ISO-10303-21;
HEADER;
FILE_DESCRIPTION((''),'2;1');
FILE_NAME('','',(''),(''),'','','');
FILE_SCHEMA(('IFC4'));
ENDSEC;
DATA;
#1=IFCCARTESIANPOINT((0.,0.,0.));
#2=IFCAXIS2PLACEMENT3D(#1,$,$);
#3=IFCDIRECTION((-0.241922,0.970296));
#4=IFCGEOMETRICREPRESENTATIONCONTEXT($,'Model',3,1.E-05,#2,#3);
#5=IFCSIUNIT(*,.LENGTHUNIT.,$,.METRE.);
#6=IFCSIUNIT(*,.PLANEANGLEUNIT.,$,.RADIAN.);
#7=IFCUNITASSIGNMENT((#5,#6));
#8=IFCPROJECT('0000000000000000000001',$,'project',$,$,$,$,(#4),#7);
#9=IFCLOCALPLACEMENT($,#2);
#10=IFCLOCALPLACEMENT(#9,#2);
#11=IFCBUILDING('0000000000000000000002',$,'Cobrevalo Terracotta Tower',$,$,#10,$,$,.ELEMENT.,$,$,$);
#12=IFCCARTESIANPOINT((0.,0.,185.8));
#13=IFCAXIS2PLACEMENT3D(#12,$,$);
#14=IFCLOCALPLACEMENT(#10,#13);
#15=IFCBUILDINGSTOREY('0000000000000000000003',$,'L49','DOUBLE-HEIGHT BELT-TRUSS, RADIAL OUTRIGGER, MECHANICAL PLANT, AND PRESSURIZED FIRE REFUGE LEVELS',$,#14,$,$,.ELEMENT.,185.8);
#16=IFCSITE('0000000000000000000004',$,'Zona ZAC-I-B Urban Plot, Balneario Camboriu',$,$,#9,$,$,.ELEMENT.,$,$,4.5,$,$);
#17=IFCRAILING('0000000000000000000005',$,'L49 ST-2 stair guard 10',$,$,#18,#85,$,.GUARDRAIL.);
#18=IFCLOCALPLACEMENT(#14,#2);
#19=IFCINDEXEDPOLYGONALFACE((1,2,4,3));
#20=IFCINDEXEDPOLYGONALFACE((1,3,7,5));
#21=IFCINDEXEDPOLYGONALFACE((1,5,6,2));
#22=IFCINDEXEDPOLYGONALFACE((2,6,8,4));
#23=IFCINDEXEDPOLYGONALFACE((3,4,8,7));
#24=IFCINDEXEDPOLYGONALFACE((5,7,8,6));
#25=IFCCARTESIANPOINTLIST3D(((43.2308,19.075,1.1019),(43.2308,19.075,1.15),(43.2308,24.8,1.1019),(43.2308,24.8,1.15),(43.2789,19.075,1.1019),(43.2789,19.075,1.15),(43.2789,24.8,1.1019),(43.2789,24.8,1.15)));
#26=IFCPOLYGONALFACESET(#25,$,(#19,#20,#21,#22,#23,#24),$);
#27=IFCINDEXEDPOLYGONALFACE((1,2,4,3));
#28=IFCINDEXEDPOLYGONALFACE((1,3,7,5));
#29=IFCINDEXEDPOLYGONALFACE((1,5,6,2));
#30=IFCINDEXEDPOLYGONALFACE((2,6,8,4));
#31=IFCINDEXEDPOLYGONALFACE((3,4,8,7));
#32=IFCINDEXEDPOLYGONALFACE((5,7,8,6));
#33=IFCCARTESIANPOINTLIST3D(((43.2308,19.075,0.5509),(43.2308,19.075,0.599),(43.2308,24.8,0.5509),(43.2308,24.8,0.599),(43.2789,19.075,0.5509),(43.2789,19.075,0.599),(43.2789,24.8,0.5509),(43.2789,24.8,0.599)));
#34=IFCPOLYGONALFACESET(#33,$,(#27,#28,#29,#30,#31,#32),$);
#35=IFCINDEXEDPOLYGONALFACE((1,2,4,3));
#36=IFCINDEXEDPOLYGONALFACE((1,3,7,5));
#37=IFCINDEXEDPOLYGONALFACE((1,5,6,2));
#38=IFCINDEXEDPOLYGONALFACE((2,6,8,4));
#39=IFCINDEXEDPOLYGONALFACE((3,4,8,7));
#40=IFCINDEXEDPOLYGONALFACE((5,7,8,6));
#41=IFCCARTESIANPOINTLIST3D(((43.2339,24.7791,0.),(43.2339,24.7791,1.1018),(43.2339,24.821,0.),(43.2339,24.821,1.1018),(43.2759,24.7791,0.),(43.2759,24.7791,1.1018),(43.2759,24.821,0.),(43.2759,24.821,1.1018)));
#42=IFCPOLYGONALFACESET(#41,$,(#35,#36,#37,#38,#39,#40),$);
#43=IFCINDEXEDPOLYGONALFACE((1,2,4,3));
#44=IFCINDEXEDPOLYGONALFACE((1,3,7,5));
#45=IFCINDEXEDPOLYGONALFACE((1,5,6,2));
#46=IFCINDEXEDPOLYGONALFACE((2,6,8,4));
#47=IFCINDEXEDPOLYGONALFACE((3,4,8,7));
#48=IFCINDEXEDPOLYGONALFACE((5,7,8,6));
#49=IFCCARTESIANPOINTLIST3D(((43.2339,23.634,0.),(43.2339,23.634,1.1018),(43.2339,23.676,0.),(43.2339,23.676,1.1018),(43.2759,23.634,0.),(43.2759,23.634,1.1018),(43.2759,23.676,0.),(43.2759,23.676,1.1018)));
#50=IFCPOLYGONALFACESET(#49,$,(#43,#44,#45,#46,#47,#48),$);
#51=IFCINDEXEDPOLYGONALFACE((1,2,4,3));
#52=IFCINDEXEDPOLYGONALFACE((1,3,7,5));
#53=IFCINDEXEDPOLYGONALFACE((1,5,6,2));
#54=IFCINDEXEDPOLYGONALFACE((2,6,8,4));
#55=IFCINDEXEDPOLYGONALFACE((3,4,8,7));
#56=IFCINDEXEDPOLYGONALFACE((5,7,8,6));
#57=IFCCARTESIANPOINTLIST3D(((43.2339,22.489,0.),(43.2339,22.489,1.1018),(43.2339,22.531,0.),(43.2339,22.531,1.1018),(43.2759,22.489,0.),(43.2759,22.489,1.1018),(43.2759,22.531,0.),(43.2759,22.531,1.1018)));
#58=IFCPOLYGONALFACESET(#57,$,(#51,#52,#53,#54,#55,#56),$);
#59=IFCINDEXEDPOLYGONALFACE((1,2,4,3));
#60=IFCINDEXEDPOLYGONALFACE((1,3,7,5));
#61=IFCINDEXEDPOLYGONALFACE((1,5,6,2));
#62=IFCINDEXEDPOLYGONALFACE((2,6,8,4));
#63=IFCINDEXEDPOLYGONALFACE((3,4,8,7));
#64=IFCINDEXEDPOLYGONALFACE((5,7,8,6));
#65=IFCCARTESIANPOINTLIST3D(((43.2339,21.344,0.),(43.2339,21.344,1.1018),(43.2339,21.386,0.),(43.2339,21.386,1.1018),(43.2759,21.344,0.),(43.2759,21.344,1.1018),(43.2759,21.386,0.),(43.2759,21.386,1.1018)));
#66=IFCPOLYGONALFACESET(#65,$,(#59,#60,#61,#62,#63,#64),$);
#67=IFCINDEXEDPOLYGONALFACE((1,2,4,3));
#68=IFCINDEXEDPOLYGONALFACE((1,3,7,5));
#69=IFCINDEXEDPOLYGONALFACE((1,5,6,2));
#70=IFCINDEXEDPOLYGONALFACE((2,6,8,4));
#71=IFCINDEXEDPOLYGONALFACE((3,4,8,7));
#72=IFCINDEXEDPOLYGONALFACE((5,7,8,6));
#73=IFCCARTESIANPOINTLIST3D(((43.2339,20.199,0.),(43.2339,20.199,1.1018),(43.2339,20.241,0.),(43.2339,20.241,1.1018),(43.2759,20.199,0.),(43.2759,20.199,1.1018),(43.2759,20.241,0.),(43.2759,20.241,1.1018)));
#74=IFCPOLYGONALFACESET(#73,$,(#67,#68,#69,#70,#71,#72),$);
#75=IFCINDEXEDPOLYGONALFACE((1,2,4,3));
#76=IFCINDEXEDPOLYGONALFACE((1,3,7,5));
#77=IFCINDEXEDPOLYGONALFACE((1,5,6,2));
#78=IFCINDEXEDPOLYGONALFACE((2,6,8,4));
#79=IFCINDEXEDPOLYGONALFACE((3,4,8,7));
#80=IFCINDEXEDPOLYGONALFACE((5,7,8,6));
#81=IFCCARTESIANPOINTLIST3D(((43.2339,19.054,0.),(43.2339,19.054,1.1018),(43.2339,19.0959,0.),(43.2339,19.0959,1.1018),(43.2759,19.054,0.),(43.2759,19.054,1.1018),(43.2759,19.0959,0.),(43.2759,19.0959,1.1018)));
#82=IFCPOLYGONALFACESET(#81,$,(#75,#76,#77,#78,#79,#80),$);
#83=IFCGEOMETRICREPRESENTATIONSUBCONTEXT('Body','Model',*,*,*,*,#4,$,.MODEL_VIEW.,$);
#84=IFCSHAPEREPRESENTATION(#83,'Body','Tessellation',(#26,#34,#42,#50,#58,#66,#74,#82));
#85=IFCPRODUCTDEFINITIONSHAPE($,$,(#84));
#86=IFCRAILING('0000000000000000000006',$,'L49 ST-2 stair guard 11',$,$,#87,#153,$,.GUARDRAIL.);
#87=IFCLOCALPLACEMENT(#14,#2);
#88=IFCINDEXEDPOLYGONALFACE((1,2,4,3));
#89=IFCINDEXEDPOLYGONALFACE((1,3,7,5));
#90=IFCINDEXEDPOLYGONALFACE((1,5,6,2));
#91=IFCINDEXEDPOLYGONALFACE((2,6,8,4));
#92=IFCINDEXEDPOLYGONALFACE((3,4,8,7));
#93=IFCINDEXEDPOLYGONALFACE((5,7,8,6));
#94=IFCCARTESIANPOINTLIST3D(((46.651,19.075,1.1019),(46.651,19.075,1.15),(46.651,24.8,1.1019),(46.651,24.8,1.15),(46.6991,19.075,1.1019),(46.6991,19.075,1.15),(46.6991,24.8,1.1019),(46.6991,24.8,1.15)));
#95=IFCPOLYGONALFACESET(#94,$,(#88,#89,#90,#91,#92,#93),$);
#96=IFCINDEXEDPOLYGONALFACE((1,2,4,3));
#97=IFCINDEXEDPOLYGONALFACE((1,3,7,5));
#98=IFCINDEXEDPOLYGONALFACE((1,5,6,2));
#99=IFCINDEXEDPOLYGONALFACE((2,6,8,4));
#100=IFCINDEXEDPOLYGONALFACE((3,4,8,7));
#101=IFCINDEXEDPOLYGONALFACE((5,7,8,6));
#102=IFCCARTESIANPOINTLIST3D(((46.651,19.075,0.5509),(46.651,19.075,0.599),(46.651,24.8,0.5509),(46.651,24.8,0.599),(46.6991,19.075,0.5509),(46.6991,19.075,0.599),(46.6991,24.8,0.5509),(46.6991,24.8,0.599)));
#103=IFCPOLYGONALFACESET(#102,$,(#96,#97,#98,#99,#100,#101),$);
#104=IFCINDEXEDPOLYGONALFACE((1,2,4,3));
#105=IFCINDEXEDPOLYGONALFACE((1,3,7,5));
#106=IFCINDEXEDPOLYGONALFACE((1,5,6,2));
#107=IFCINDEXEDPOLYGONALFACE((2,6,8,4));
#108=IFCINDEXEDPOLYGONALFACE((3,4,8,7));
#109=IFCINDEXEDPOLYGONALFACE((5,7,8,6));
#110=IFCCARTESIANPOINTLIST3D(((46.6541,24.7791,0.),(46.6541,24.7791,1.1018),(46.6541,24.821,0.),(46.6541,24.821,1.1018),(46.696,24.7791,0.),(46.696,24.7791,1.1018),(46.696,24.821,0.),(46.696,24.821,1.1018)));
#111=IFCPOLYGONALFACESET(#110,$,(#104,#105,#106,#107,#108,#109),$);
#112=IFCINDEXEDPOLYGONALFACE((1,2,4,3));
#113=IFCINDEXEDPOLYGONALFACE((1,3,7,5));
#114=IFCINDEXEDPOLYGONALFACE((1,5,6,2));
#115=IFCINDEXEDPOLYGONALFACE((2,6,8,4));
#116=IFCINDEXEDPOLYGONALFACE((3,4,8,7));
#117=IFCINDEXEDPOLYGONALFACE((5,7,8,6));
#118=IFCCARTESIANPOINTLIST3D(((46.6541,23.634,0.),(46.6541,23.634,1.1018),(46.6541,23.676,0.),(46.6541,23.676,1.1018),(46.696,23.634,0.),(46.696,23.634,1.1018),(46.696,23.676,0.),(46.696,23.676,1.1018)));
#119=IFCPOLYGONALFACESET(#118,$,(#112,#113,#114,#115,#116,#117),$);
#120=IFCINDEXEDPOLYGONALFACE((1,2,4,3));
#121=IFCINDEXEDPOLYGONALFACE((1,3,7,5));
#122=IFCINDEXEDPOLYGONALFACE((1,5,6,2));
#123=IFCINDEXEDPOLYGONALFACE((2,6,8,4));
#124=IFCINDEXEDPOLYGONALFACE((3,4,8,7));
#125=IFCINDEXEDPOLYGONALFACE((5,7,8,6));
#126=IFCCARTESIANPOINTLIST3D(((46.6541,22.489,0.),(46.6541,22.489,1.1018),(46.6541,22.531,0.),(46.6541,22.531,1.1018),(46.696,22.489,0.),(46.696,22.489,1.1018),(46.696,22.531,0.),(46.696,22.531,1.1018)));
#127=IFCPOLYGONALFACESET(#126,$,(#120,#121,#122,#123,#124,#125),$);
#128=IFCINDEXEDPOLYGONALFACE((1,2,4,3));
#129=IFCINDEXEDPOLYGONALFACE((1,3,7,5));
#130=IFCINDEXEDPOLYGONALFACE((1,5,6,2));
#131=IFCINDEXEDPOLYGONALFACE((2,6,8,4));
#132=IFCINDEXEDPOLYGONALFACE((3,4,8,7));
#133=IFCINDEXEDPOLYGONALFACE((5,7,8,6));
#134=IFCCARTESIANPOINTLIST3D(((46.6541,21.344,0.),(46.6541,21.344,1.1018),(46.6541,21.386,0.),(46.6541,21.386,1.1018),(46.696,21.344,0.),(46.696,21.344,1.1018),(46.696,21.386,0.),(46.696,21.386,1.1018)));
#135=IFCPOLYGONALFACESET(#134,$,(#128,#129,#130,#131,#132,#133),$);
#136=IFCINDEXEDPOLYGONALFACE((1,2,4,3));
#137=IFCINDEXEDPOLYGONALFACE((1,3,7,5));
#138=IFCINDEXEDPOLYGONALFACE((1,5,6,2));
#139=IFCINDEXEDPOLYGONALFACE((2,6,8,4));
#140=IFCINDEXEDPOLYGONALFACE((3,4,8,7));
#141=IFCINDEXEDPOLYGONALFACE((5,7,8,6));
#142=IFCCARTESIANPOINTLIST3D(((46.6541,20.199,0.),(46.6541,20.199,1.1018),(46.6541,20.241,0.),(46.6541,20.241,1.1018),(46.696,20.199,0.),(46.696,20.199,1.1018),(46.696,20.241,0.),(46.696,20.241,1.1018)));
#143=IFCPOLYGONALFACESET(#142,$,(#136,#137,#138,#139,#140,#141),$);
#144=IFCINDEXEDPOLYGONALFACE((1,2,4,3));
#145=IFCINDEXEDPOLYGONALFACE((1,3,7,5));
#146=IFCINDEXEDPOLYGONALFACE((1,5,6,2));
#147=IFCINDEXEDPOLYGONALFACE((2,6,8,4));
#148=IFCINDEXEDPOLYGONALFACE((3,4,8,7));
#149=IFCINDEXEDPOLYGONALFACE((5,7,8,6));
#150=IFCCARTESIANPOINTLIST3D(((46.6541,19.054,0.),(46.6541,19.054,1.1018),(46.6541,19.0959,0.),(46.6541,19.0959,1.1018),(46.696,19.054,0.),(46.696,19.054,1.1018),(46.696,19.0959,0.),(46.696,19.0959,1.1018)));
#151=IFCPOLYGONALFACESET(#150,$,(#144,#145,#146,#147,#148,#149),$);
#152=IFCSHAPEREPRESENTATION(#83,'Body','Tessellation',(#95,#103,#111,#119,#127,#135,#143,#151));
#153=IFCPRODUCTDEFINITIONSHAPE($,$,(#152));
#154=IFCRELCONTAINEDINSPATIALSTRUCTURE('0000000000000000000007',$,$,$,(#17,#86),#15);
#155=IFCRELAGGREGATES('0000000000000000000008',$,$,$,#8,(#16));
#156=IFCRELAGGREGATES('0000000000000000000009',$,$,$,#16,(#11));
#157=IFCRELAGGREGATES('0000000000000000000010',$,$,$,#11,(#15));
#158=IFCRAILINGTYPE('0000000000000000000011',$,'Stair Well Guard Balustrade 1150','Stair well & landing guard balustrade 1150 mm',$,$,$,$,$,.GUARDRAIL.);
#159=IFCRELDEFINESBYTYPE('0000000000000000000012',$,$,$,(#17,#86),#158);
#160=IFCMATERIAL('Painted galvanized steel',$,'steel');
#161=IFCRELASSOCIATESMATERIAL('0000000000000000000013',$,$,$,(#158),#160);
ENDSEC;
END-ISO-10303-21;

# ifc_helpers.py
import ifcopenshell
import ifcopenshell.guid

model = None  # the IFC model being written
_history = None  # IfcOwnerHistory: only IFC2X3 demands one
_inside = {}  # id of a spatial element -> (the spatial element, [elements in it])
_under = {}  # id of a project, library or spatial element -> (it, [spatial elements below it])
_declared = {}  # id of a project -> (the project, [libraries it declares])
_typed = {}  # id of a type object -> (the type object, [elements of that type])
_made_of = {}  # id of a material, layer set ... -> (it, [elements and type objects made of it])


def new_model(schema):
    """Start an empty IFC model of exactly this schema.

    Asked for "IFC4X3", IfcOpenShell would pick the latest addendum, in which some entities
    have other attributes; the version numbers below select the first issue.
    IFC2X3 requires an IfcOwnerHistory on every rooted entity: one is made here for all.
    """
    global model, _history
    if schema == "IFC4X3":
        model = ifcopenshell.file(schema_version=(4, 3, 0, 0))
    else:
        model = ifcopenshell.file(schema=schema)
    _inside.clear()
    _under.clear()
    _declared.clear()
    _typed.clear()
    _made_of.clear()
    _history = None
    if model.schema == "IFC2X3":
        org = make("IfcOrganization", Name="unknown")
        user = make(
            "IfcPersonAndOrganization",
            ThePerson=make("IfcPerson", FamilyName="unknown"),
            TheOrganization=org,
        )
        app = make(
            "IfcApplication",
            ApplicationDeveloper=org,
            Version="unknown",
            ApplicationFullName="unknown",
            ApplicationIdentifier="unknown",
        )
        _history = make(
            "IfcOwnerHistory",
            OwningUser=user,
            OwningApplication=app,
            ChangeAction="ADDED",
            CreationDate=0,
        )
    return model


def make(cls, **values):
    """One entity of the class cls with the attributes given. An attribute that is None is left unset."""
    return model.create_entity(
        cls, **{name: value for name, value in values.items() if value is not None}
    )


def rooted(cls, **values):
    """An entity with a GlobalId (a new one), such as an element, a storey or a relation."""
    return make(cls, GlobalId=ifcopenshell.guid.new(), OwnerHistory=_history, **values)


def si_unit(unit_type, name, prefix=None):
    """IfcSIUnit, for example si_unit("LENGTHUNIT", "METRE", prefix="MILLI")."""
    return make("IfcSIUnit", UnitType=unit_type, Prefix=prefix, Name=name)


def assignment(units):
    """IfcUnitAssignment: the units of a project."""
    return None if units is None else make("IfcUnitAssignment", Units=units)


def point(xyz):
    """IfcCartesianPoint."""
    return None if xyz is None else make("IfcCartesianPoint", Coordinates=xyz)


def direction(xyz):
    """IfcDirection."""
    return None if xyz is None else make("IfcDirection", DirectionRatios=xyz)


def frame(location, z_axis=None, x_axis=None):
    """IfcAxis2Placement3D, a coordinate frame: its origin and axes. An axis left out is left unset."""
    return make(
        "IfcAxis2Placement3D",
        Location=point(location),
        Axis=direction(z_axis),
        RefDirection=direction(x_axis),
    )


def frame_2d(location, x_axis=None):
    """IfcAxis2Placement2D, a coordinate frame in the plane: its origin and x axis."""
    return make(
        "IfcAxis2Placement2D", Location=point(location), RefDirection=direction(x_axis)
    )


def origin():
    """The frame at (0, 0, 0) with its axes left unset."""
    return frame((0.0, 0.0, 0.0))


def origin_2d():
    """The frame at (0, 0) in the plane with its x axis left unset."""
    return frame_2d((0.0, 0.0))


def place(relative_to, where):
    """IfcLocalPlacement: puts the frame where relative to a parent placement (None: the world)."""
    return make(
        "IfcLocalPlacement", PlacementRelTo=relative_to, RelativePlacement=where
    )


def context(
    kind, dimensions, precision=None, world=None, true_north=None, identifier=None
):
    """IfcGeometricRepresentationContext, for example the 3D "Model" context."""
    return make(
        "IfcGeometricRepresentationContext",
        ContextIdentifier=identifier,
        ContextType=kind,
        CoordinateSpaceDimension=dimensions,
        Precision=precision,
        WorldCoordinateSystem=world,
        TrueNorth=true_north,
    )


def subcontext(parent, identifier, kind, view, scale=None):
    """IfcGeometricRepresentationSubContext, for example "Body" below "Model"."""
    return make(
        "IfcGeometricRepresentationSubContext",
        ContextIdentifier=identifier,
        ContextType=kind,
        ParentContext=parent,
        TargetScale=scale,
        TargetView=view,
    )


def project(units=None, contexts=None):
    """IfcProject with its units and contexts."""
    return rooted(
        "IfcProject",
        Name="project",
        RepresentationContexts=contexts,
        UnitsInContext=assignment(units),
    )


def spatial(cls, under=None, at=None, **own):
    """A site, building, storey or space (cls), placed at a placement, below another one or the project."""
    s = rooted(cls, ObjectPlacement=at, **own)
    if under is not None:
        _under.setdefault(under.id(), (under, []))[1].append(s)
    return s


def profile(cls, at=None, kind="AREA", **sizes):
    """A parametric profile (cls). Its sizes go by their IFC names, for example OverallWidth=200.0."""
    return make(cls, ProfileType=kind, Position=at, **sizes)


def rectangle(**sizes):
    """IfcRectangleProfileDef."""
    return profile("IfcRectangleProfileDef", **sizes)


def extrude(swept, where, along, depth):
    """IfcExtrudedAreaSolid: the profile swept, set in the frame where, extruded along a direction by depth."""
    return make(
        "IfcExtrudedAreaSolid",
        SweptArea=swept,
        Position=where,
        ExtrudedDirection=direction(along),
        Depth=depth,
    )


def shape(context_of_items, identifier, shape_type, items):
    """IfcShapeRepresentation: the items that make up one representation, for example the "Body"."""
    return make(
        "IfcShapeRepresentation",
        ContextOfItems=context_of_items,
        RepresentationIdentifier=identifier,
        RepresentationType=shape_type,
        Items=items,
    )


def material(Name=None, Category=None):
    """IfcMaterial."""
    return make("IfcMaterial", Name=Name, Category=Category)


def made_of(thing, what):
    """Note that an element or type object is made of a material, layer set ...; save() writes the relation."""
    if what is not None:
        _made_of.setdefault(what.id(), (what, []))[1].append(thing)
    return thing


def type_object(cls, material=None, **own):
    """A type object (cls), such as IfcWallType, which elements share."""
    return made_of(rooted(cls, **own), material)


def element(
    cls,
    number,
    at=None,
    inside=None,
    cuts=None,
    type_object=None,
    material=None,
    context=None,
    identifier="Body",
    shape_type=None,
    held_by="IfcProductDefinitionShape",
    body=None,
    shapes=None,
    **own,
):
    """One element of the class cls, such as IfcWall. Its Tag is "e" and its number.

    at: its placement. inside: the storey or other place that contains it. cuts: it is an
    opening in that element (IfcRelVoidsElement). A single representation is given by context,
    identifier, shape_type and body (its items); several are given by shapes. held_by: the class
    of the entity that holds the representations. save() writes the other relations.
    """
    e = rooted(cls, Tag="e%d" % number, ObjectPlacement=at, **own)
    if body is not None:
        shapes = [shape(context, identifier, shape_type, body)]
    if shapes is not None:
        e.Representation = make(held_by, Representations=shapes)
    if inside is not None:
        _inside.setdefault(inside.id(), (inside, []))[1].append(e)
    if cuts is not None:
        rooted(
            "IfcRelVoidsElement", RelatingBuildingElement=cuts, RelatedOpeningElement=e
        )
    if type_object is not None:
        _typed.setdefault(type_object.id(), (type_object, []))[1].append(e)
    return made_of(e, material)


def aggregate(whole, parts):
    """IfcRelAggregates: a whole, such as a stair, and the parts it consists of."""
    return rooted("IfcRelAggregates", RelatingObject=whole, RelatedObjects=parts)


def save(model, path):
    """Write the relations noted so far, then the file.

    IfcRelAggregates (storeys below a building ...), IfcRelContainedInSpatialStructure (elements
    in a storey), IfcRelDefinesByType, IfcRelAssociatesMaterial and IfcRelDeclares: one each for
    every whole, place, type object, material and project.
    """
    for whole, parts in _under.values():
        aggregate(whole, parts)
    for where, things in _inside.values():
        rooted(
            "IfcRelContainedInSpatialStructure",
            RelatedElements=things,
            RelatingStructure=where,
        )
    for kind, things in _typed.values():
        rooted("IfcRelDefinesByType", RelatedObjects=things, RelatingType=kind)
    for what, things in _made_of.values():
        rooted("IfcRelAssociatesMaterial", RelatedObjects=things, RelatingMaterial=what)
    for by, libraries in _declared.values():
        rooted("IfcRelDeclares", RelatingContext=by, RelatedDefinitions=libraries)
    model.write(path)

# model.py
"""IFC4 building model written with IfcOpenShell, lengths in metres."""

from ifc_helpers import new_model, si_unit, direction, frame, origin, origin_2d, place, context, subcontext, project, spatial, rectangle, extrude, material, type_object, element, save


model = new_model("IFC4")

# Units and contexts
model_context = context("Model", 3, precision=1e-05, world=origin(), true_north=direction((-0.241922, 0.970296)))
body_context = subcontext(model_context, "Body", "Model", "MODEL_VIEW")
ifc_project = project(units=[si_unit("LENGTHUNIT", "METRE"), si_unit("PLANEANGLEUNIT", "RADIAN")], contexts=[model_context])

# Site, building, storey
site_placement = place(None, origin())
site = spatial("IfcSite", under=ifc_project, at=site_placement, Name="Zona ZAC-I-B Urban Plot, Balneario Camboriu", CompositionType="ELEMENT", RefElevation=4.5)
building_placement = place(site_placement, origin())
building = spatial("IfcBuilding", under=site, at=building_placement, Name="Cobrevalo Terracotta Tower", CompositionType="ELEMENT")
storey_placement = place(building_placement, frame((0.0, 0.0, 185.8)))
storey = spatial("IfcBuildingStorey", under=building, at=storey_placement, Name="L49", Description="DOUBLE-HEIGHT BELT-TRUSS, RADIAL OUTRIGGER, MECHANICAL PLANT, AND PRESSURIZED FIRE REFUGE LEVELS", CompositionType="ELEMENT", Elevation=185.8)

# Railings
ifc_material_1 = material(Name="Painted galvanized steel", Category="steel")
railing_type = type_object("IfcRailingType", Name="Stair Well Guard Balustrade 1150", Description="Stair well & landing guard balustrade 1150 mm", PredefinedType="GUARDRAIL", material=ifc_material_1)
for number, where, name in (
    (1, (43.2549, 24.8, 0.0), "L49 ST-2 stair guard 10"),
    (2, (46.675, 24.8, 0.0), "L49 ST-2 stair guard 11"),
):
    element("IfcRailing", number, at=place(storey_placement, frame(where)), inside=storey, type_object=railing_type, Name=name, PredefinedType="GUARDRAIL", context=body_context, shape_type="SweptSolid", body=[
        extrude(rectangle(XDim=0.0481, YDim=0.0481, at=origin_2d()), frame((0.0, 0.0, 1.126), z_axis=(0.0, -1.0, 0.0), x_axis=(1.0, 0.0, 0.0)), (0.0, 0.0, 1.0), 5.7251),
        extrude(rectangle(XDim=0.0481, YDim=0.0481, at=origin_2d()), frame((0.0, 0.0, 0.575), z_axis=(0.0, -1.0, 0.0), x_axis=(1.0, 0.0, 0.0)), (0.0, 0.0, 1.0), 5.7251),
        extrude(rectangle(XDim=0.042, YDim=0.042, at=origin_2d()), origin(), (0.0, 0.0, 1.0), 1.1018),
        extrude(rectangle(XDim=0.042, YDim=0.042, at=origin_2d()), frame((0.0, -1.145, 0.0)), (0.0, 0.0, 1.0), 1.1018),
        extrude(rectangle(XDim=0.042, YDim=0.042, at=origin_2d()), frame((0.0, -2.29, 0.0)), (0.0, 0.0, 1.0), 1.1018),
        extrude(rectangle(XDim=0.042, YDim=0.042, at=origin_2d()), frame((0.0, -3.4351, 0.0)), (0.0, 0.0, 1.0), 1.1018),
        extrude(rectangle(XDim=0.042, YDim=0.042, at=origin_2d()), frame((0.0, -4.5801, 0.0)), (0.0, 0.0, 1.0), 1.1018),
        extrude(rectangle(XDim=0.042, YDim=0.042, at=origin_2d()), frame((0.0, -5.7251, 0.0)), (0.0, 0.0, 1.0), 1.1018),
    ])

save(model, "model.ifc")
